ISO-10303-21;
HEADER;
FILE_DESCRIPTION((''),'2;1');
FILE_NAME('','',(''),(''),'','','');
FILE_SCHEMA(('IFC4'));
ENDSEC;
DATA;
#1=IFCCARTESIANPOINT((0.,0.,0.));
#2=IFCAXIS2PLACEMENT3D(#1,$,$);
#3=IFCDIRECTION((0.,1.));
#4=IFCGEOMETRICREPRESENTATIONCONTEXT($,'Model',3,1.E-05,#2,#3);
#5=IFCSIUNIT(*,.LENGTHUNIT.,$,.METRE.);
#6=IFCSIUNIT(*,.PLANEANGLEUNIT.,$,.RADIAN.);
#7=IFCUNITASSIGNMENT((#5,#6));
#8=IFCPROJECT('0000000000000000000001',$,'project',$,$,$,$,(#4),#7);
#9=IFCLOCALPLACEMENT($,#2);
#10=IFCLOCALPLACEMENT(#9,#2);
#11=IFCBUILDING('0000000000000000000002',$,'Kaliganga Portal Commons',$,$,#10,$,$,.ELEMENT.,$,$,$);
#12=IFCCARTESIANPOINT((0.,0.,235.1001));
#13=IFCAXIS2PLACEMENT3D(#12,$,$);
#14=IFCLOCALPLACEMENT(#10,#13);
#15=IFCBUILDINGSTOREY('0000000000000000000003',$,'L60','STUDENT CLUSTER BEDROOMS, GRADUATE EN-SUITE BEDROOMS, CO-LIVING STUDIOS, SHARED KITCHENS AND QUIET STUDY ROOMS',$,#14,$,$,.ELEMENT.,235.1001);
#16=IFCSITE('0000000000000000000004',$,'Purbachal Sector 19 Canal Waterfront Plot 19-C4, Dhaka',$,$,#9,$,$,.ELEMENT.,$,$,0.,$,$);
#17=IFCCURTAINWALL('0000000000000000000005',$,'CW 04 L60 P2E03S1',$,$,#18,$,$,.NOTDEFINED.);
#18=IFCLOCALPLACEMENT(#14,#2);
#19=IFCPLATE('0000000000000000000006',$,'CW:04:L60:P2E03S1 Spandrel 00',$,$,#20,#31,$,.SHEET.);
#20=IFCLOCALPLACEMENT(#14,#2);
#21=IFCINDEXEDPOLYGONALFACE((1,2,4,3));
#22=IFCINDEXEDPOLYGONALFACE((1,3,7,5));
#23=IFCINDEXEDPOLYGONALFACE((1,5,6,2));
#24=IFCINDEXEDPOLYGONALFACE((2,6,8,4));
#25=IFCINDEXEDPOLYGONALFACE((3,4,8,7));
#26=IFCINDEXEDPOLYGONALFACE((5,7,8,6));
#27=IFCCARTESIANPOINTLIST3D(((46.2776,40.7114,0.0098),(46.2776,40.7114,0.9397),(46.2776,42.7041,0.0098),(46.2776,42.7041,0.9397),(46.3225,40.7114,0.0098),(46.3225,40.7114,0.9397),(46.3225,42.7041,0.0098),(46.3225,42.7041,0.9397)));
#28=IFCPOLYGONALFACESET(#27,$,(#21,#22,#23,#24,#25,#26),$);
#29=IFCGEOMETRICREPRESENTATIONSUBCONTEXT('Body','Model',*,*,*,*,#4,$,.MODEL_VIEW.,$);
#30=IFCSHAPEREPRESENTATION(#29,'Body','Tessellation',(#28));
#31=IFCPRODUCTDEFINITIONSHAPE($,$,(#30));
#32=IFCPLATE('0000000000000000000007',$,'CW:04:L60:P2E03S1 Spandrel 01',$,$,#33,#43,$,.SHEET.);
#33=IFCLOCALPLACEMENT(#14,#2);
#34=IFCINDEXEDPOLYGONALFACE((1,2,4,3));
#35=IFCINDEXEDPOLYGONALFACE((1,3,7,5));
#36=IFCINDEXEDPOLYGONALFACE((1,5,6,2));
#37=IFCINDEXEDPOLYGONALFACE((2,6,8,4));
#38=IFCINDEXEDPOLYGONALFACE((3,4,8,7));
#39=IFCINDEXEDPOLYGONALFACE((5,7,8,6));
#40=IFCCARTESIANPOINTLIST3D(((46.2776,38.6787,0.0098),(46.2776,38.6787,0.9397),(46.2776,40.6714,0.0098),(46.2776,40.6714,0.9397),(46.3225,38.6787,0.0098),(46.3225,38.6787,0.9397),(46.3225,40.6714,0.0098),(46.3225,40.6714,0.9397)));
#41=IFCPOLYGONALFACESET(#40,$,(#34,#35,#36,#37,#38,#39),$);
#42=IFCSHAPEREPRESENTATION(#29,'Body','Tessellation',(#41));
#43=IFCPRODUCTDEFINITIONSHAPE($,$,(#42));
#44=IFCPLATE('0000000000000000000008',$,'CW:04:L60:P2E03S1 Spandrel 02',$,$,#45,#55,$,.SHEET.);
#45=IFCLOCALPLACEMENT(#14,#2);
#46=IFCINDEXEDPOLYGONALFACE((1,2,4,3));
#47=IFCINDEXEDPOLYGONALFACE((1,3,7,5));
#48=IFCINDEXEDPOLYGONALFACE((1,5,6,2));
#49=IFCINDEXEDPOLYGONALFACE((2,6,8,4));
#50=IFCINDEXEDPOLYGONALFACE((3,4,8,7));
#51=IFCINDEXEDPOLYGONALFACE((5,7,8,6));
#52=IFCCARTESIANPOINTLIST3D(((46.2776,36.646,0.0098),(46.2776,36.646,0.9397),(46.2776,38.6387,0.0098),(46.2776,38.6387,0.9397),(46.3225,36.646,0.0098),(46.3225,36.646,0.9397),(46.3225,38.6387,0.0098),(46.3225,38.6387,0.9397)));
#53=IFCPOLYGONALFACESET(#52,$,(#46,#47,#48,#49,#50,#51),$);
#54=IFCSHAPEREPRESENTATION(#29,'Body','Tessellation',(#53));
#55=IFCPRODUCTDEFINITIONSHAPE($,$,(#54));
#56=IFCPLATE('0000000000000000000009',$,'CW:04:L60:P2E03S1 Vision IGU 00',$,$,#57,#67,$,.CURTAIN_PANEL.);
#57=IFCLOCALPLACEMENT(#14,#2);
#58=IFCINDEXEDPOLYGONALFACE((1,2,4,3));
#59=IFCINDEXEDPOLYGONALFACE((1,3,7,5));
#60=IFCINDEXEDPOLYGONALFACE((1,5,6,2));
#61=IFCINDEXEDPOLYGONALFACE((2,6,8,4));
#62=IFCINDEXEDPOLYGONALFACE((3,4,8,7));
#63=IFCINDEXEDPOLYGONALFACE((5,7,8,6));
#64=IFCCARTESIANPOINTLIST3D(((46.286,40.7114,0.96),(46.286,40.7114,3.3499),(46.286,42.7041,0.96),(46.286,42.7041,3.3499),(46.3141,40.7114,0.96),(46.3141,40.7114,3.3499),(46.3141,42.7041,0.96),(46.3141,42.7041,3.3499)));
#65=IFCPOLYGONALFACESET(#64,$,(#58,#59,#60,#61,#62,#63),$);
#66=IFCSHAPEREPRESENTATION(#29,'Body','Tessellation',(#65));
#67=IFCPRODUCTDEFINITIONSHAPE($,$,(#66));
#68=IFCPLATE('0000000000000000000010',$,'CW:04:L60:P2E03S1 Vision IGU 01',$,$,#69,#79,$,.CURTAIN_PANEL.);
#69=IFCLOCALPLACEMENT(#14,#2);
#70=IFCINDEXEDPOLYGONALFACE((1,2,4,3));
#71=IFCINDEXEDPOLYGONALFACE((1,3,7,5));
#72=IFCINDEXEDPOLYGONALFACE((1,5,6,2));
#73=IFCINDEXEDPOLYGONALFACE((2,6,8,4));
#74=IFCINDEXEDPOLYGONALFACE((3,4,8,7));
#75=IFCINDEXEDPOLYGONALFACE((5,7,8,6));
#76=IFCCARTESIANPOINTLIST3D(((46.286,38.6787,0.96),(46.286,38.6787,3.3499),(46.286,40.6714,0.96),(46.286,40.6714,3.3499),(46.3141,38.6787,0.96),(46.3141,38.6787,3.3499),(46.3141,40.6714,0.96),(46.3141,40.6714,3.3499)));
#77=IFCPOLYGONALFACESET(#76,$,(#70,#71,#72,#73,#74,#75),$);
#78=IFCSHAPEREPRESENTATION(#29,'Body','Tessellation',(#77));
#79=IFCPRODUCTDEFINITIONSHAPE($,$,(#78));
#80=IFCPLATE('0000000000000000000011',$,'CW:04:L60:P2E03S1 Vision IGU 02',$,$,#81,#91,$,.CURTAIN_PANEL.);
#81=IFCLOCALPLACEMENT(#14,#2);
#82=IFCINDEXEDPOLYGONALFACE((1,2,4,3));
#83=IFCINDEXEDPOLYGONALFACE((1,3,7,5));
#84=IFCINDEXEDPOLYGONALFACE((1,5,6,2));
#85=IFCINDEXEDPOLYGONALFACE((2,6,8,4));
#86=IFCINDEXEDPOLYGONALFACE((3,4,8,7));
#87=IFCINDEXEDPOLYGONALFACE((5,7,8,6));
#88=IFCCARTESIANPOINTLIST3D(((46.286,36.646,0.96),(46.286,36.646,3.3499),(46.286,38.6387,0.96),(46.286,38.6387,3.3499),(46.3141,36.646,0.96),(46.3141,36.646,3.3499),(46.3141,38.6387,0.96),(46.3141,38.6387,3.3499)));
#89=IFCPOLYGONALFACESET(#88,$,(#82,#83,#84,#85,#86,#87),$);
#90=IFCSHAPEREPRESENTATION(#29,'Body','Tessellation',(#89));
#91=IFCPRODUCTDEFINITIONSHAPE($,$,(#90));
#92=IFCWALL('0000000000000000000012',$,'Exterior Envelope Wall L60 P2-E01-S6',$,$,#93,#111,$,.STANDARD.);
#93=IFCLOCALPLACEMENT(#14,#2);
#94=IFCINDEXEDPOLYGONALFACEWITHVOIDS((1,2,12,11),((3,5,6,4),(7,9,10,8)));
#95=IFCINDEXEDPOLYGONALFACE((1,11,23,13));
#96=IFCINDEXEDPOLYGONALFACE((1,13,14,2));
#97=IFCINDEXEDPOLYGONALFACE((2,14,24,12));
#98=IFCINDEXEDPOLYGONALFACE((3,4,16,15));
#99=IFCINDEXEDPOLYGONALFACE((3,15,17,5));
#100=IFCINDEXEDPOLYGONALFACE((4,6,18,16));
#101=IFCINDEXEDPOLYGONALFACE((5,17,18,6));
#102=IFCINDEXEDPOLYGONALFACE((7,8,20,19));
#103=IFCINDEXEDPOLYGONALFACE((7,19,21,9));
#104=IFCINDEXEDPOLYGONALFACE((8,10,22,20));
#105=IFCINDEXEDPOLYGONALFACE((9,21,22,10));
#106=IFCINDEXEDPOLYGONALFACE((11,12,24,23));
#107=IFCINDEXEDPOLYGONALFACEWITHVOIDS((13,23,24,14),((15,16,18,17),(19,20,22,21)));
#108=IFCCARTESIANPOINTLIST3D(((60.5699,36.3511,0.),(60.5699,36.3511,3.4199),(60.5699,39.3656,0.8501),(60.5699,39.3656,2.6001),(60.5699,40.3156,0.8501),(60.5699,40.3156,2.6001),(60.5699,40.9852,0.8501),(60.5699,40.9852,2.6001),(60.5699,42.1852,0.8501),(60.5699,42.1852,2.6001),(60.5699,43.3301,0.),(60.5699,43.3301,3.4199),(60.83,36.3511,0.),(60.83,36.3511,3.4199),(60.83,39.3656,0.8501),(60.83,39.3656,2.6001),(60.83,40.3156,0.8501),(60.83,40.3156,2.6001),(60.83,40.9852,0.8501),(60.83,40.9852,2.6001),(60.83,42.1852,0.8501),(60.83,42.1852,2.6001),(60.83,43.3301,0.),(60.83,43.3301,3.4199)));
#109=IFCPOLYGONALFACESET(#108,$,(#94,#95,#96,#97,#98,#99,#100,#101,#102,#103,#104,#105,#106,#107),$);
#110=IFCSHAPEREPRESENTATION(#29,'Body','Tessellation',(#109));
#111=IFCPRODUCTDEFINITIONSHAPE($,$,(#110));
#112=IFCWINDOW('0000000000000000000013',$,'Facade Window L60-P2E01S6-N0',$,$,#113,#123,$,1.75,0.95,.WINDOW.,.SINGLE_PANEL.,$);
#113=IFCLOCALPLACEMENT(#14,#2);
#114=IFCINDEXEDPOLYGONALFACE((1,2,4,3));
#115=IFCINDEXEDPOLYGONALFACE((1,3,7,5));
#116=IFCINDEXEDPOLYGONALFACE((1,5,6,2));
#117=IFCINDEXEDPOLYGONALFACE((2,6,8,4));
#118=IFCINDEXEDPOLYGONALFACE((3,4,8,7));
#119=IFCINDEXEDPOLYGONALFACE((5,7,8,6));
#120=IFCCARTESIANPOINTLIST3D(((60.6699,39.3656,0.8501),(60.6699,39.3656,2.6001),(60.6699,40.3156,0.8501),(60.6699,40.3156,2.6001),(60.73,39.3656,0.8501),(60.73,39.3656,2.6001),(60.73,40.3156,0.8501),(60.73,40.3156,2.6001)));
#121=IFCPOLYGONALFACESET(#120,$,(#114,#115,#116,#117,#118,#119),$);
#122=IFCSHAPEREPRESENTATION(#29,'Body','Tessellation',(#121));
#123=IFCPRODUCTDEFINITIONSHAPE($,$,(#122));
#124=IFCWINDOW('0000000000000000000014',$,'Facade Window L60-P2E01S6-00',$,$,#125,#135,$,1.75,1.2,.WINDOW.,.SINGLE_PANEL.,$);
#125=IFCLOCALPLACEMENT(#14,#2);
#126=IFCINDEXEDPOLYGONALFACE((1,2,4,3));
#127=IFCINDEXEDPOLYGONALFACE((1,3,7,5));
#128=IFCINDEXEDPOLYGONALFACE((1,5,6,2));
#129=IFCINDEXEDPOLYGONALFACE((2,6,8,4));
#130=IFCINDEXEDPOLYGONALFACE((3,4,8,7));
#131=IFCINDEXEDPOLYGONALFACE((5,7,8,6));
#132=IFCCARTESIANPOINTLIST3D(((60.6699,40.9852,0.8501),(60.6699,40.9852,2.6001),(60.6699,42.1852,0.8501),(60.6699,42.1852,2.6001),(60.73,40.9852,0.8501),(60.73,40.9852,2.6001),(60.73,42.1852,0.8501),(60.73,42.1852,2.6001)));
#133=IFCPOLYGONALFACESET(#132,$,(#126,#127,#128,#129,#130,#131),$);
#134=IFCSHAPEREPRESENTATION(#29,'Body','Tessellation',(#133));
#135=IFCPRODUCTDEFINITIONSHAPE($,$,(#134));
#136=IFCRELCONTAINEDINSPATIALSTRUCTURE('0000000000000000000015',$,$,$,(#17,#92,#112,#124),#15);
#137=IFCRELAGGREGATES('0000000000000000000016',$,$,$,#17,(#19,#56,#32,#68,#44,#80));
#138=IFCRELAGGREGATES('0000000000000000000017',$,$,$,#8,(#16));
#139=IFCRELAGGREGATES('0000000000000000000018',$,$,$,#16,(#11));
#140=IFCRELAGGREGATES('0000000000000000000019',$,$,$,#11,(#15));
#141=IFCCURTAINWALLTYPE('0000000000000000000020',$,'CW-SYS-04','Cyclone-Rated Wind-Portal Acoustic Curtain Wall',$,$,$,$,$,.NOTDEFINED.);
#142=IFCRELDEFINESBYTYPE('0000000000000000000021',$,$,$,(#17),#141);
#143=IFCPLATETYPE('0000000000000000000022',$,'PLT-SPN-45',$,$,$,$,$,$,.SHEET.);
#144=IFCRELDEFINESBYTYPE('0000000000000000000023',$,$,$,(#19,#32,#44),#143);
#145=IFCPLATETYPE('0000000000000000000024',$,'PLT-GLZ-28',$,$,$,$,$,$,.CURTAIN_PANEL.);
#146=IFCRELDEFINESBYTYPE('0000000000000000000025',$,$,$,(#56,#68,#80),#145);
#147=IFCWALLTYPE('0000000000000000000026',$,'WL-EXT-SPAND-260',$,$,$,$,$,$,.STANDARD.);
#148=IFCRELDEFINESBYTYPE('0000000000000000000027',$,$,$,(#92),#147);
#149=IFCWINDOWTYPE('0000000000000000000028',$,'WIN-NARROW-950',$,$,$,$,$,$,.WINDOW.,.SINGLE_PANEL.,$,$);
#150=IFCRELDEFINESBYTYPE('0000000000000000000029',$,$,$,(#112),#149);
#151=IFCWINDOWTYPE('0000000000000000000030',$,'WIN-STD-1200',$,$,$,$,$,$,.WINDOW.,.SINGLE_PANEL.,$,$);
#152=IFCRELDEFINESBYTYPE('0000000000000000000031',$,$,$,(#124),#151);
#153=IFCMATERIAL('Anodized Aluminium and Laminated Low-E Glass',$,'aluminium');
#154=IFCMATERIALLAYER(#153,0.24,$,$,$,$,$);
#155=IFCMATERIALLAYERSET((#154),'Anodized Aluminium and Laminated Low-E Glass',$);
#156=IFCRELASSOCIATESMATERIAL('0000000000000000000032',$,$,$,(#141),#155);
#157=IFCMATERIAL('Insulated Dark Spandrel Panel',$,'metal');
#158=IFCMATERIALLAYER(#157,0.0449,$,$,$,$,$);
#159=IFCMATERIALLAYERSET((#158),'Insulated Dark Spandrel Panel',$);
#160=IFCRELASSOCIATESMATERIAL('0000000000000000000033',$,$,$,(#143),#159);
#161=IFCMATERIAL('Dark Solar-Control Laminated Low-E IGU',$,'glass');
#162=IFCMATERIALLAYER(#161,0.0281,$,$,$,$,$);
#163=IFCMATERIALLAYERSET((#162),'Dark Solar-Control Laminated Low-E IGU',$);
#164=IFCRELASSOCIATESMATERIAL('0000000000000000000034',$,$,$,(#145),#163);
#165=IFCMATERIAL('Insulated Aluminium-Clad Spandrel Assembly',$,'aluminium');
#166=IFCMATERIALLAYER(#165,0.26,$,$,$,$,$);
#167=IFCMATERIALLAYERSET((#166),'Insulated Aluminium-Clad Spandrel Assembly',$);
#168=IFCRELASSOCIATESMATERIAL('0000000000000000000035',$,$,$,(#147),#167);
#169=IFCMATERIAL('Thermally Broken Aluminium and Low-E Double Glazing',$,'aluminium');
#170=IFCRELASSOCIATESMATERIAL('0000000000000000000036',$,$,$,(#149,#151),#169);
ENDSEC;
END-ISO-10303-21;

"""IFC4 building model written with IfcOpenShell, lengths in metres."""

from ifc_helpers import new_model, si_unit, direction, frame, frame_2d, origin, origin_2d, place, context, subcontext, project, spatial, rectangle, extrude, source, transform, mapped, material, layer, layer_set, type_object, element, fill, aggregate, save


model = new_model("IFC4")

# Units and contexts
model_context = context("Model", 3, precision=1e-05, world=origin(), true_north=direction((0.0, 1.0)))
body_context = subcontext(model_context, "Body", "Model", "MODEL_VIEW")
ifc_project = project(units=[si_unit("LENGTHUNIT", "METRE"), si_unit("PLANEANGLEUNIT", "RADIAN")], contexts=[model_context])

# Site, building, storey
site_placement = place(None, origin())
site = spatial("IfcSite", under=ifc_project, at=site_placement, Name="Purbachal Sector 19 Canal Waterfront Plot 19-C4, Dhaka", CompositionType="ELEMENT", RefElevation=0.0)
building_placement = place(site_placement, origin())
building = spatial("IfcBuilding", under=site, at=building_placement, Name="Kaliganga Portal Commons", CompositionType="ELEMENT")
storey_placement = place(building_placement, frame((0.0, 0.0, 235.1001)))
storey = spatial("IfcBuildingStorey", under=building, at=storey_placement, Name="L60", Description="STUDENT CLUSTER BEDROOMS, GRADUATE EN-SUITE BEDROOMS, CO-LIVING STUDIOS, SHARED KITCHENS AND QUIET STUDY ROOMS", CompositionType="ELEMENT", Elevation=235.1001)

# Curtain wall, plates
ifc_material_1 = material(Name="Anodized Aluminium and Laminated Low-E Glass", Category="aluminium")
ifc_layer_1 = layer(ifc_material_1, 0.24)
ifc_layer_set_1 = layer_set([ifc_layer_1], Name="Anodized Aluminium and Laminated Low-E Glass")
curtain_wall_type = type_object("IfcCurtainWallType", Name="CW-SYS-04", Description="Cyclone-Rated Wind-Portal Acoustic Curtain Wall", PredefinedType="NOTDEFINED", material=ifc_layer_set_1)
curtain_wall_placement = place(storey_placement, origin())
curtain_wall = element("IfcCurtainWall", 1, at=curtain_wall_placement, inside=storey, type_object=curtain_wall_type, Name="CW 04 L60 P2E03S1", PredefinedType="NOTDEFINED")
ifc_material_2 = material(Name="Insulated Dark Spandrel Panel", Category="metal")
ifc_layer_2 = layer(ifc_material_2, 0.0449)
ifc_layer_set_2 = layer_set([ifc_layer_2], Name="Insulated Dark Spandrel Panel")
plate_type_1 = type_object("IfcPlateType", Name="PLT-SPN-45", PredefinedType="SHEET", material=ifc_layer_set_2)
shared_shape_1 = source(origin(), body_context, "Body", "SweptSolid", [
    extrude(rectangle(XDim=1.9927, YDim=0.0449, at=origin_2d()), origin(), (0.0, 0.0, 1.0), 0.9299),
])
plate_1_placement = place(storey_placement, frame((46.3, 41.7078, 0.0098), z_axis=(0.0, 0.0, 1.0), x_axis=(0.0, -1.0, 0.0)))
plate_1 = element("IfcPlate", 2, at=plate_1_placement, type_object=plate_type_1, Name="CW:04:L60:P2E03S1 Spandrel 00", PredefinedType="SHEET", context=body_context, shape_type="MappedRepresentation", body=[
    mapped(shared_shape_1, transform((0.0, 0.0, 0.0), x_axis=(1.0, 0.0, 0.0), y_axis=(0.0, 1.0, 0.0), z_axis=(0.0, 0.0, 1.0), scale=1.0)),
])
plate_2_placement = place(storey_placement, frame((46.3, 39.675, 0.0098), z_axis=(0.0, 0.0, 1.0), x_axis=(0.0, -1.0, 0.0)))
plate_2 = element("IfcPlate", 3, at=plate_2_placement, type_object=plate_type_1, Name="CW:04:L60:P2E03S1 Spandrel 01", PredefinedType="SHEET", context=body_context, shape_type="MappedRepresentation", body=[
    mapped(shared_shape_1, transform((0.0, 0.0, 0.0), x_axis=(1.0, 0.0, 0.0), y_axis=(0.0, 1.0, 0.0), z_axis=(0.0, 0.0, 1.0), scale=1.0)),
])
plate_3_placement = place(storey_placement, frame((46.3, 37.6423, 0.0098), z_axis=(0.0, 0.0, 1.0), x_axis=(0.0, -1.0, 0.0)))
plate_3 = element("IfcPlate", 4, at=plate_3_placement, type_object=plate_type_1, Name="CW:04:L60:P2E03S1 Spandrel 02", PredefinedType="SHEET", context=body_context, shape_type="MappedRepresentation", body=[
    mapped(shared_shape_1, transform((0.0, 0.0, 0.0), x_axis=(1.0, 0.0, 0.0), y_axis=(0.0, 1.0, 0.0), z_axis=(0.0, 0.0, 1.0), scale=1.0)),
])
ifc_material_3 = material(Name="Dark Solar-Control Laminated Low-E IGU", Category="glass")
ifc_layer_3 = layer(ifc_material_3, 0.0281)
ifc_layer_set_3 = layer_set([ifc_layer_3], Name="Dark Solar-Control Laminated Low-E IGU")
plate_type_2 = type_object("IfcPlateType", Name="PLT-GLZ-28", PredefinedType="CURTAIN_PANEL", material=ifc_layer_set_3)
shared_shape_2 = source(origin(), body_context, "Body", "SweptSolid", [
    extrude(rectangle(XDim=1.9927, YDim=0.0281, at=origin_2d()), origin(), (0.0, 0.0, 1.0), 2.3899),
])
plate_4_placement = place(storey_placement, frame((46.3, 41.7078, 0.96), z_axis=(0.0, 0.0, 1.0), x_axis=(0.0, -1.0, 0.0)))
plate_4 = element("IfcPlate", 5, at=plate_4_placement, type_object=plate_type_2, Name="CW:04:L60:P2E03S1 Vision IGU 00", PredefinedType="CURTAIN_PANEL", context=body_context, shape_type="MappedRepresentation", body=[
    mapped(shared_shape_2, transform((0.0, 0.0, 0.0), x_axis=(1.0, 0.0, 0.0), y_axis=(0.0, 1.0, 0.0), z_axis=(0.0, 0.0, 1.0), scale=1.0)),
])
plate_5_placement = place(storey_placement, frame((46.3, 39.675, 0.96), z_axis=(0.0, 0.0, 1.0), x_axis=(0.0, -1.0, 0.0)))
plate_5 = element("IfcPlate", 6, at=plate_5_placement, type_object=plate_type_2, Name="CW:04:L60:P2E03S1 Vision IGU 01", PredefinedType="CURTAIN_PANEL", context=body_context, shape_type="MappedRepresentation", body=[
    mapped(shared_shape_2, transform((0.0, 0.0, 0.0), x_axis=(1.0, 0.0, 0.0), y_axis=(0.0, 1.0, 0.0), z_axis=(0.0, 0.0, 1.0), scale=1.0)),
])
plate_6_placement = place(storey_placement, frame((46.3, 37.6423, 0.96), z_axis=(0.0, 0.0, 1.0), x_axis=(0.0, -1.0, 0.0)))
plate_6 = element("IfcPlate", 7, at=plate_6_placement, type_object=plate_type_2, Name="CW:04:L60:P2E03S1 Vision IGU 02", PredefinedType="CURTAIN_PANEL", context=body_context, shape_type="MappedRepresentation", body=[
    mapped(shared_shape_2, transform((0.0, 0.0, 0.0), x_axis=(1.0, 0.0, 0.0), y_axis=(0.0, 1.0, 0.0), z_axis=(0.0, 0.0, 1.0), scale=1.0)),
])
aggregate(curtain_wall, [plate_1, plate_4, plate_2, plate_5, plate_3, plate_6])

# Wall, openings, windows
ifc_material_4 = material(Name="Insulated Aluminium-Clad Spandrel Assembly", Category="aluminium")
ifc_layer_4 = layer(ifc_material_4, 0.26)
ifc_layer_set_4 = layer_set([ifc_layer_4], Name="Insulated Aluminium-Clad Spandrel Assembly")
wall_type_1 = type_object("IfcWallType", Name="WL-EXT-SPAND-260", PredefinedType="STANDARD", material=ifc_layer_set_4)
wall_1_placement = place(storey_placement, frame((60.7, 43.3301, 0.0), z_axis=(0.0, 0.0, 1.0), x_axis=(0.0, -1.0, 0.0)))
wall_1 = element("IfcWall", 8, at=wall_1_placement, inside=storey, type_object=wall_type_1, Name="Exterior Envelope Wall L60 P2-E01-S6", PredefinedType="STANDARD", context=body_context, shape_type="SweptSolid", body=[
    extrude(rectangle(XDim=6.979, YDim=0.26, at=frame_2d((3.4895, 0.0))), origin(), (0.0, 0.0, 1.0), 3.4199),
])
opening_1_placement = place(wall_1_placement, frame((1.1448, 0.0, 0.8501)))
opening_1 = element("IfcOpeningElement", 9, at=opening_1_placement, cuts=wall_1, PredefinedType="OPENING", context=body_context, shape_type="SweptSolid", body=[
    extrude(rectangle(XDim=1.2, YDim=1.75, at=frame_2d((0.6001, 0.875))), frame((0.0, 0.1401, 0.0), z_axis=(0.0, -1.0, 0.0), x_axis=(1.0, 0.0, 0.0)), (0.0, 0.0, 1.0), 0.28),
])
opening_2_placement = place(wall_1_placement, frame((3.0144, 0.0, 0.8501)))
opening_2 = element("IfcOpeningElement", 10, at=opening_2_placement, cuts=wall_1, PredefinedType="OPENING", context=body_context, shape_type="SweptSolid", body=[
    extrude(rectangle(XDim=0.95, YDim=1.75, at=frame_2d((0.4751, 0.875))), frame((0.0, 0.1401, 0.0), z_axis=(0.0, -1.0, 0.0), x_axis=(1.0, 0.0, 0.0)), (0.0, 0.0, 1.0), 0.28),
])
ifc_material_5 = material(Name="Thermally Broken Aluminium and Low-E Double Glazing", Category="aluminium")
window_type_1 = type_object("IfcWindowType", Name="WIN-NARROW-950", PartitioningType="SINGLE_PANEL", PredefinedType="WINDOW", material=ifc_material_5)
window_1_placement = place(opening_2_placement, origin())
window_1 = element("IfcWindow", 11, at=window_1_placement, inside=storey, type_object=window_type_1, Name="Facade Window L60-P2E01S6-N0", OverallHeight=1.75, OverallWidth=0.95, PartitioningType="SINGLE_PANEL", PredefinedType="WINDOW", context=body_context, shape_type="SweptSolid", body=[
    extrude(rectangle(XDim=0.95, YDim=1.75, at=frame_2d((0.4751, 0.875))), frame((0.0, 0.03, 0.0), z_axis=(0.0, -1.0, 0.0), x_axis=(1.0, 0.0, 0.0)), (0.0, 0.0, 1.0), 0.0601),
])
fill(opening_2, window_1)
window_type_2 = type_object("IfcWindowType", Name="WIN-STD-1200", PartitioningType="SINGLE_PANEL", PredefinedType="WINDOW", material=ifc_material_5)
window_2_placement = place(opening_1_placement, origin())
window_2 = element("IfcWindow", 12, at=window_2_placement, inside=storey, type_object=window_type_2, Name="Facade Window L60-P2E01S6-00", OverallHeight=1.75, OverallWidth=1.2, PartitioningType="SINGLE_PANEL", PredefinedType="WINDOW", context=body_context, shape_type="SweptSolid", body=[
    extrude(rectangle(XDim=1.2, YDim=1.75, at=frame_2d((0.6001, 0.875))), frame((0.0, 0.03, 0.0), z_axis=(0.0, -1.0, 0.0), x_axis=(1.0, 0.0, 0.0)), (0.0, 0.0, 1.0), 0.0601),
])
fill(opening_1, window_2)

save(model, "model.ifc")
